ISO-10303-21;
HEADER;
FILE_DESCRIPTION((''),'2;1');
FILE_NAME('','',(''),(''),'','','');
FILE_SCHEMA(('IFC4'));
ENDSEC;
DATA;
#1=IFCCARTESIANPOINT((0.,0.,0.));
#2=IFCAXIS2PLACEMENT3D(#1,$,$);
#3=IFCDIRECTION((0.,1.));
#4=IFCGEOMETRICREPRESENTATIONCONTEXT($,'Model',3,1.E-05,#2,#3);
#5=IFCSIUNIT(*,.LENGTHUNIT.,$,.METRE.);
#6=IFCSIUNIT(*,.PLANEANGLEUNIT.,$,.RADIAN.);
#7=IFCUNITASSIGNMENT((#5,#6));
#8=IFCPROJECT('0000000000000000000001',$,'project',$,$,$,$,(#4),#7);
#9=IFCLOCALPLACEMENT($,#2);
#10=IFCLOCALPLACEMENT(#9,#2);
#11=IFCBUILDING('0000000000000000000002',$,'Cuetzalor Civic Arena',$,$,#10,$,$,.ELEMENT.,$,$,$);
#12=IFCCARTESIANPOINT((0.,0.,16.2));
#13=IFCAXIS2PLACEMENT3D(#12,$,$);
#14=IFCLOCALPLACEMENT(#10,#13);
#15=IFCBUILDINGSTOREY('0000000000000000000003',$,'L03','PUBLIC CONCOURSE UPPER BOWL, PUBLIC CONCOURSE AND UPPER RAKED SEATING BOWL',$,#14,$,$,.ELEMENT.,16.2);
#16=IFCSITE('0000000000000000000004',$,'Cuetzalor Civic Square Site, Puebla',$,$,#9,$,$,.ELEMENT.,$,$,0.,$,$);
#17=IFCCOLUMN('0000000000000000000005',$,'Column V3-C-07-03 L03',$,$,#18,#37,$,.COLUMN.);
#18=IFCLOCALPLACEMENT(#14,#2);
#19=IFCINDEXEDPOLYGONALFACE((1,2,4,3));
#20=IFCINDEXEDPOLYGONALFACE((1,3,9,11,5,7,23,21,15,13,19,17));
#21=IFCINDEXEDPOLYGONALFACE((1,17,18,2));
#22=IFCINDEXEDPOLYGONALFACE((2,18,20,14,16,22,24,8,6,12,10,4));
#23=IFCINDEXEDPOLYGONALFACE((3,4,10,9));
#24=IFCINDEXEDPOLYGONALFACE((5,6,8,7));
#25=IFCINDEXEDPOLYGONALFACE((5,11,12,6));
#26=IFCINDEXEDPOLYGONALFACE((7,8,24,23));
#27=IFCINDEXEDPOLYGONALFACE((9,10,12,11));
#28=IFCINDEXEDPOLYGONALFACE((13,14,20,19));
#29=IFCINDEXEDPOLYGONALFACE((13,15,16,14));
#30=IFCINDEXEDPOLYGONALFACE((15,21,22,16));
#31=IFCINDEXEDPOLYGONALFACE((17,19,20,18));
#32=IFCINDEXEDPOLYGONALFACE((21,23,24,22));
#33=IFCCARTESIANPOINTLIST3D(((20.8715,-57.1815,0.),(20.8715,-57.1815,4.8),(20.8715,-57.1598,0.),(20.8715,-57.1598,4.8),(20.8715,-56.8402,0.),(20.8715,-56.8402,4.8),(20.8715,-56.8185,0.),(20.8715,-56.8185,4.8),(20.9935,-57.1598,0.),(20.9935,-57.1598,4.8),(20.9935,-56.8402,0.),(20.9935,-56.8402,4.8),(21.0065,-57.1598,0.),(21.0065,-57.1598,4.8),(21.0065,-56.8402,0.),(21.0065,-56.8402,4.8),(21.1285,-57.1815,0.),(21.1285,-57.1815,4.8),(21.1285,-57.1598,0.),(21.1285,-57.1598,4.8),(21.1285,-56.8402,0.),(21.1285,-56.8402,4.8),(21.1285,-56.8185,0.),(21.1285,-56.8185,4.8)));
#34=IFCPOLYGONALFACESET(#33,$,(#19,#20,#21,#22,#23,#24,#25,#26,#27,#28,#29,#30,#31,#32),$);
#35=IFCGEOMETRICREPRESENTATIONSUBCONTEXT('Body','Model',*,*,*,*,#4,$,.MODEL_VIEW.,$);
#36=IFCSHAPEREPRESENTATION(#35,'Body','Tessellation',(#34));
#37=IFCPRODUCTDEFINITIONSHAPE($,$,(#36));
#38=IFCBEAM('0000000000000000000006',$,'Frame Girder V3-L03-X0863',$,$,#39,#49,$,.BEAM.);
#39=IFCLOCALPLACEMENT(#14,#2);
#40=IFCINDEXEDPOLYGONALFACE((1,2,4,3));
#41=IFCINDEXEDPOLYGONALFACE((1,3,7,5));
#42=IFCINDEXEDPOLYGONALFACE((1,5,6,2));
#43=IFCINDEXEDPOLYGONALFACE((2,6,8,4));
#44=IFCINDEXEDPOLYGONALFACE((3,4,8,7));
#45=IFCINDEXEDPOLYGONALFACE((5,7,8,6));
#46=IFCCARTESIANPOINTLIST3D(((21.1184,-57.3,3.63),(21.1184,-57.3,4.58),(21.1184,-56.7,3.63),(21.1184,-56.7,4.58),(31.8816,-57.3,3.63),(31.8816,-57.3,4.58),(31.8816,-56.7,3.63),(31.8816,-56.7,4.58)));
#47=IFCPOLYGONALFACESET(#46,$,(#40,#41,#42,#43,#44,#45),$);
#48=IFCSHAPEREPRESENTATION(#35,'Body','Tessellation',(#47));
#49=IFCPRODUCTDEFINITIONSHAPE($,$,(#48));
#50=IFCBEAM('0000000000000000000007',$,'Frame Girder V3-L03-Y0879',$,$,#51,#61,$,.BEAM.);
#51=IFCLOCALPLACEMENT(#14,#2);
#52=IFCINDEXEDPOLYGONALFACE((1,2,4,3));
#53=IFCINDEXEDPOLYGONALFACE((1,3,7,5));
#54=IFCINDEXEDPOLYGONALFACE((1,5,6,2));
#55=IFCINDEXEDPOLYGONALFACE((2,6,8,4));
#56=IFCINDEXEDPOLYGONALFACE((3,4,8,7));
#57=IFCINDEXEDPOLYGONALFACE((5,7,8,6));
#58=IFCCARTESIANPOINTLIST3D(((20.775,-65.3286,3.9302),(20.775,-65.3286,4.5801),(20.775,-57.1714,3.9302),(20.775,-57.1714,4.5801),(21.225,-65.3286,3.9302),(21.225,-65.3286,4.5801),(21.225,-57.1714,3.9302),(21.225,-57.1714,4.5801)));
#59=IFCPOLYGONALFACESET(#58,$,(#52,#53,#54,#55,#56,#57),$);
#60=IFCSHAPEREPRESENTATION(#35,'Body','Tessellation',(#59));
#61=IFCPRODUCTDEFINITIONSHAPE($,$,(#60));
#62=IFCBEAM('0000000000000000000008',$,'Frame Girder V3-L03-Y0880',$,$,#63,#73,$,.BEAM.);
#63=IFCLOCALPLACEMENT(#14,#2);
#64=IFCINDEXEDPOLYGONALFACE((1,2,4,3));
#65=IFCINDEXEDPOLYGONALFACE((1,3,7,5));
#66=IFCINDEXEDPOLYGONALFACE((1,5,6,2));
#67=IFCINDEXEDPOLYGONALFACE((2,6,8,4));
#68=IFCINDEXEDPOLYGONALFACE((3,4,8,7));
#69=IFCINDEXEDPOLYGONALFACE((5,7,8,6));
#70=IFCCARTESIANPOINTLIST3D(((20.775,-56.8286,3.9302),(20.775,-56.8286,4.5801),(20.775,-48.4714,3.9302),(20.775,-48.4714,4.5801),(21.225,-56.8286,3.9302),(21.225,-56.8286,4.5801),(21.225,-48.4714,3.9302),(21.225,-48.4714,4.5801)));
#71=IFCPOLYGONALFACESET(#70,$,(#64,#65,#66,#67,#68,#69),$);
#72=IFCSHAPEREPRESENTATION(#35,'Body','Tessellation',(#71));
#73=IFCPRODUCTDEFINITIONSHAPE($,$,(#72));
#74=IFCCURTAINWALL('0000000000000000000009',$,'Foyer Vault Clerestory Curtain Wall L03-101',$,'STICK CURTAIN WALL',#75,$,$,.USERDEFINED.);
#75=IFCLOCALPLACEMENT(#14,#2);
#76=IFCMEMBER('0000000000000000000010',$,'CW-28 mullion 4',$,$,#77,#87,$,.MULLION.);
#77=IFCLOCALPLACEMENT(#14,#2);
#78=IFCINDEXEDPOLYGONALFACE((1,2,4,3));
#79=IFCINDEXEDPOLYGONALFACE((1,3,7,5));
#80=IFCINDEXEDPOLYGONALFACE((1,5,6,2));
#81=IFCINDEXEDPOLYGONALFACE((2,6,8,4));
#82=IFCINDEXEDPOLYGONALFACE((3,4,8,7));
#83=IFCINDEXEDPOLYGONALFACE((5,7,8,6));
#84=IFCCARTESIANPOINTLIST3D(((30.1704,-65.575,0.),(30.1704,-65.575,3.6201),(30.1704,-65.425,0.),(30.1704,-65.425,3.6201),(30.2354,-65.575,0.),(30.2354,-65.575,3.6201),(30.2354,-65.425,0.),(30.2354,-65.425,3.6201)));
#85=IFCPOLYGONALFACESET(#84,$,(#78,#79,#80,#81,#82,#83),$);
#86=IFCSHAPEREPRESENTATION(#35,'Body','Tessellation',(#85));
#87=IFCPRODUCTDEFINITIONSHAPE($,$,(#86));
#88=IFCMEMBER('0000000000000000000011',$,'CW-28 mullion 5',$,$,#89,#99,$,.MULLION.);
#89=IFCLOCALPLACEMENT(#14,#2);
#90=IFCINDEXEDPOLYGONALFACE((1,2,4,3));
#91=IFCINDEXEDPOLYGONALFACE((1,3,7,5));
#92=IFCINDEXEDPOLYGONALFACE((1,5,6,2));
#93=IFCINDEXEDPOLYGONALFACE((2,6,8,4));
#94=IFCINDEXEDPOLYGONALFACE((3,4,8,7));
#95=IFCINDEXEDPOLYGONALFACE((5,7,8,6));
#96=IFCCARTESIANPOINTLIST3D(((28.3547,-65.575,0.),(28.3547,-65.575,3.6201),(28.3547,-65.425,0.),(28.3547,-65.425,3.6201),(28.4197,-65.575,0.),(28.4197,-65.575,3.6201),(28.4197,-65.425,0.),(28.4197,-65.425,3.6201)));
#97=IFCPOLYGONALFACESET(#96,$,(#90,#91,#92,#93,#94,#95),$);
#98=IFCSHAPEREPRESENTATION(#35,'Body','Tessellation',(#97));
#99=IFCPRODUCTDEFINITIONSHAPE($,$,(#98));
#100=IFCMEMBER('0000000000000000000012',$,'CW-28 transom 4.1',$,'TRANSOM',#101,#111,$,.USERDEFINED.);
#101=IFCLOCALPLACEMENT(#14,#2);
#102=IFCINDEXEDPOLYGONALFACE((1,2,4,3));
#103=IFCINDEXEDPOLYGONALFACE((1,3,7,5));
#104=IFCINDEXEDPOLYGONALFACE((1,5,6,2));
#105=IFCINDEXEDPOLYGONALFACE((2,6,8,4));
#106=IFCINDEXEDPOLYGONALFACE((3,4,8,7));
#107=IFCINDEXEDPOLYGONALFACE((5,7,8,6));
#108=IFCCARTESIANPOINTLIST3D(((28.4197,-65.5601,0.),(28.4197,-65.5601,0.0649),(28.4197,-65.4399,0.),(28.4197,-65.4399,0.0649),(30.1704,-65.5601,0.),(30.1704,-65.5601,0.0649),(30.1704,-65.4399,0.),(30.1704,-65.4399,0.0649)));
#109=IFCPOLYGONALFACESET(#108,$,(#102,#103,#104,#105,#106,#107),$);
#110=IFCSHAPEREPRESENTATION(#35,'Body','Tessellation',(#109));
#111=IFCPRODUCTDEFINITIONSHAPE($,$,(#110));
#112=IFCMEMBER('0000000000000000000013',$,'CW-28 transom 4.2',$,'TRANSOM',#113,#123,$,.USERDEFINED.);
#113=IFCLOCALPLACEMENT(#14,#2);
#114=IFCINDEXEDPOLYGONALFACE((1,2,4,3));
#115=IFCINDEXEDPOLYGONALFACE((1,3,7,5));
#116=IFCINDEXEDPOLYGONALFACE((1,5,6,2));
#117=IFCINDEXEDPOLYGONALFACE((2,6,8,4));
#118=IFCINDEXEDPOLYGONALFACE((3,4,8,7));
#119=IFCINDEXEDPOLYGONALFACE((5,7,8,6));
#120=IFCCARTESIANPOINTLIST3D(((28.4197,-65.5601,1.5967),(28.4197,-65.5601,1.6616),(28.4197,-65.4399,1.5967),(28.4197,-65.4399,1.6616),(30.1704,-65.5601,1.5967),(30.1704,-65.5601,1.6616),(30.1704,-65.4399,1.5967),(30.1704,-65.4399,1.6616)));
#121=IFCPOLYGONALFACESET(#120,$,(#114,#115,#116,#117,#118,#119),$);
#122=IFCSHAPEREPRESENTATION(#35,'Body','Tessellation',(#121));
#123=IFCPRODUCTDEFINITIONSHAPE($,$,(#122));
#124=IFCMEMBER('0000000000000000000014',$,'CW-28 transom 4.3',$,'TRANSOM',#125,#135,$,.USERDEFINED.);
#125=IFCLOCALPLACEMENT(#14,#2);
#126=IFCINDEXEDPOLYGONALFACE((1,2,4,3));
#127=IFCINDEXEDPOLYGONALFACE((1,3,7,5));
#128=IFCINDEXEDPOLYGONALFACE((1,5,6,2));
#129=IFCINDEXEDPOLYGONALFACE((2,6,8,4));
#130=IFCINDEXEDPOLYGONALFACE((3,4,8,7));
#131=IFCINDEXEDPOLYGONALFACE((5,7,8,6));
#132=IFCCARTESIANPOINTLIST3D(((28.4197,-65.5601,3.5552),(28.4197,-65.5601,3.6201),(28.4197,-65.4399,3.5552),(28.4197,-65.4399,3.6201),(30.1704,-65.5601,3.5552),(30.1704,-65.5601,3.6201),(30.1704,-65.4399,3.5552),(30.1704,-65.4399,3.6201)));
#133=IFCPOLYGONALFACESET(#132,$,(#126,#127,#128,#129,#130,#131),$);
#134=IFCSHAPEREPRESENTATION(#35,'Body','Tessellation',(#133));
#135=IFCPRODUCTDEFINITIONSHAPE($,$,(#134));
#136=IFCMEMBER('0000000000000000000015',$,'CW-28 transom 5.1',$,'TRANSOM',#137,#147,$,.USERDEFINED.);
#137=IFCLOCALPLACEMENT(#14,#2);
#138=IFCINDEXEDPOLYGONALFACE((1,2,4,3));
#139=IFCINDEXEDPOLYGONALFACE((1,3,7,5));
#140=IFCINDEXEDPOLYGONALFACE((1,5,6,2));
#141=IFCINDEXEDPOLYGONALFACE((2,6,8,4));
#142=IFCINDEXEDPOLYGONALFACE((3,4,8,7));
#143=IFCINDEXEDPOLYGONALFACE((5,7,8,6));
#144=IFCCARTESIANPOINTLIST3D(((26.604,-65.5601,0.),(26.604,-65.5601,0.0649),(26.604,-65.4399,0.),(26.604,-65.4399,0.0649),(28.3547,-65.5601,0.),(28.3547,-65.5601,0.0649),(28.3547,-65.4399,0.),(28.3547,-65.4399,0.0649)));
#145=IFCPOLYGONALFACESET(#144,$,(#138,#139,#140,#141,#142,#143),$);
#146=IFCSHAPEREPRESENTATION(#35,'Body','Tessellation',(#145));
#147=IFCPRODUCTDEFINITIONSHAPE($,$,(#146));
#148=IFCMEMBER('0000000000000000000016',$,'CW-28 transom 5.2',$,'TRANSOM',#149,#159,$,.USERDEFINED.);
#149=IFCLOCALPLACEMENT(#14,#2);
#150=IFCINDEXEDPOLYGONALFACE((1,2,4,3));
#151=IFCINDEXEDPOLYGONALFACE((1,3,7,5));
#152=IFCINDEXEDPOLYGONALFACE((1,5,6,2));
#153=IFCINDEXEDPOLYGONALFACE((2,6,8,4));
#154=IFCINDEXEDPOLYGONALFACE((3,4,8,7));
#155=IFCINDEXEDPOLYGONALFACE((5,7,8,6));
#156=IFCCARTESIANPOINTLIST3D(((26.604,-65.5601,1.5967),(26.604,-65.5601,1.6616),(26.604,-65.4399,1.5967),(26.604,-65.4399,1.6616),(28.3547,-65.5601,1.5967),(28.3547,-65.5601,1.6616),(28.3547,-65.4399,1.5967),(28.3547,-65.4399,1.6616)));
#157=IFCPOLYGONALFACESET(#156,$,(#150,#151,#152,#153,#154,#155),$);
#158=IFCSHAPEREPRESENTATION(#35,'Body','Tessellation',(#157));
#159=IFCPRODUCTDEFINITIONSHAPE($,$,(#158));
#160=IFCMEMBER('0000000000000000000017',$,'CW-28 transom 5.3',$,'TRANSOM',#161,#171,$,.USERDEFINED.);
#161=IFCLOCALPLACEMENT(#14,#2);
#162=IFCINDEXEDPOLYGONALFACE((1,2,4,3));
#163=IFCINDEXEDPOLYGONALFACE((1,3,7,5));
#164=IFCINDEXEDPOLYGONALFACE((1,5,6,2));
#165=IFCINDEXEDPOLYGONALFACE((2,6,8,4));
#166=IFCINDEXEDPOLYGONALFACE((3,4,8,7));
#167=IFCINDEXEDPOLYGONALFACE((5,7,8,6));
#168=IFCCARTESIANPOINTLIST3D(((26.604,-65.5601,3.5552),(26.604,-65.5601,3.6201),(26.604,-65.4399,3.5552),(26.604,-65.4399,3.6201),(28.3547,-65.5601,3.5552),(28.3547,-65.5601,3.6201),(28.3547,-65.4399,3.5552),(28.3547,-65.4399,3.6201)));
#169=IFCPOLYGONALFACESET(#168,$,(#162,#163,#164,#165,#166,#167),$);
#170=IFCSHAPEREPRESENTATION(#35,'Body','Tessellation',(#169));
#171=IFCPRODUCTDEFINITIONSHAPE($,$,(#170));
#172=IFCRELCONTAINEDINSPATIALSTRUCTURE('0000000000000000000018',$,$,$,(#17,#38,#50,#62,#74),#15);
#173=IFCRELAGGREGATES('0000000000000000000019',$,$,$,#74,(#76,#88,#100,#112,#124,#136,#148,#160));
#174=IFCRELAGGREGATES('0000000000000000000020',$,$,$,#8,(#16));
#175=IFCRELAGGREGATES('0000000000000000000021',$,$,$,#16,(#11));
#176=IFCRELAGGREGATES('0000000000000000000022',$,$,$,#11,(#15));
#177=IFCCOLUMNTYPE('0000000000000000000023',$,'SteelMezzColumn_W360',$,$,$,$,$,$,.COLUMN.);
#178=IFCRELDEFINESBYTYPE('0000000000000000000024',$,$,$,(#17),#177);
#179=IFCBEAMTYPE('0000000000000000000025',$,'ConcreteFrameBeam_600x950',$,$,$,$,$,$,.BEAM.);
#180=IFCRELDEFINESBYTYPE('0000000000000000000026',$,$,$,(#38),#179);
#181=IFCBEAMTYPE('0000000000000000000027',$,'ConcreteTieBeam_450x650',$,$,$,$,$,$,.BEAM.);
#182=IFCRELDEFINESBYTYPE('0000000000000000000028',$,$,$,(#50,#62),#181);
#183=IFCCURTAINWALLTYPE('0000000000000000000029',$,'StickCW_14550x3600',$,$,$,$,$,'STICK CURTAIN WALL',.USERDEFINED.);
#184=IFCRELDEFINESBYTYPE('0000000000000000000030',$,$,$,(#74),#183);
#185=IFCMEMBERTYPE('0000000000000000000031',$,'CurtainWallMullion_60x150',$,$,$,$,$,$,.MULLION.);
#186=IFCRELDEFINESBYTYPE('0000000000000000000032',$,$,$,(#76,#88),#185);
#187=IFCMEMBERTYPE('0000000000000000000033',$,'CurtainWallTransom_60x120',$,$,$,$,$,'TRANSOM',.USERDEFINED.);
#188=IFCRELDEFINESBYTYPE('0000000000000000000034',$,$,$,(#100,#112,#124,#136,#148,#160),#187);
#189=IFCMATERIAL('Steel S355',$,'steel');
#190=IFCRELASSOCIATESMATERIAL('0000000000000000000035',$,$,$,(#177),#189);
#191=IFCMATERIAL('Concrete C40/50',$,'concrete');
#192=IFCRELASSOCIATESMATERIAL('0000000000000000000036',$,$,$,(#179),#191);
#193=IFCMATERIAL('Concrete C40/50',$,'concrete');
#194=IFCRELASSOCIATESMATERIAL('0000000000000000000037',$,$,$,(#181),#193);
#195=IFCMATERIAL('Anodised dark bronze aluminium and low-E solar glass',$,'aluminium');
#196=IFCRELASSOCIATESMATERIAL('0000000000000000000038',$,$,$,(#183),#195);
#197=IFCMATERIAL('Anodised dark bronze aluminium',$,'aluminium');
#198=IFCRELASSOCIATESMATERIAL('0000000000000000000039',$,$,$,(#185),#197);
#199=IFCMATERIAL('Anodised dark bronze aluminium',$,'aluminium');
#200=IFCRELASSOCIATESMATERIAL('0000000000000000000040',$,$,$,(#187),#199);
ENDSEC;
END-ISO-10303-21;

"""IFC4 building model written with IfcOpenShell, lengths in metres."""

from ifc_helpers import new_model, si_unit, direction, frame, origin, origin_2d, place, context, subcontext, project, spatial, rectangle, i_section, extrude, material, material_profile, profile_set, type_object, element, aggregate, save


model = new_model("IFC4")

# Units and contexts
model_context = context("Model", 3, precision=1e-05, world=origin(), true_north=direction((0.0, 1.0)))
body_context = subcontext(model_context, "Body", "Model", "MODEL_VIEW")
ifc_project = project(units=[si_unit("LENGTHUNIT", "METRE"), si_unit("PLANEANGLEUNIT", "RADIAN")], contexts=[model_context])

# Site, building, storey
site_placement = place(None, origin())
site = spatial("IfcSite", under=ifc_project, at=site_placement, Name="Cuetzalor Civic Square Site, Puebla", CompositionType="ELEMENT", RefElevation=0.0)
building_placement = place(site_placement, origin())
building = spatial("IfcBuilding", under=site, at=building_placement, Name="Cuetzalor Civic Arena", CompositionType="ELEMENT")
storey_placement = place(building_placement, frame((0.0, 0.0, 16.2)))
storey = spatial("IfcBuildingStorey", under=building, at=storey_placement, Name="L03", Description="PUBLIC CONCOURSE UPPER BOWL, PUBLIC CONCOURSE AND UPPER RAKED SEATING BOWL", CompositionType="ELEMENT", Elevation=16.2)

# Column
ifc_material_1 = material(Name="Steel S355", Category="steel")
ifc_material_profile_1 = material_profile(ifc_material_1, i_section(OverallWidth=0.2571, OverallDepth=0.363, WebThickness=0.0129, FlangeThickness=0.0217, at=origin_2d()), Name="W360x122")
ifc_profile_set_1 = profile_set([ifc_material_profile_1], Name="Steel S355")
column_type = type_object("IfcColumnType", Name="SteelMezzColumn_W360", PredefinedType="COLUMN", material=ifc_profile_set_1)
column_placement = place(storey_placement, frame((21.0, -57.0, 0.0), z_axis=(0.0, 0.0, 1.0), x_axis=(1.0, 0.0, 0.0)))
element("IfcColumn", 1, at=column_placement, inside=storey, type_object=column_type, Name="Column V3-C-07-03 L03", PredefinedType="COLUMN", context=body_context, shape_type="SweptSolid", body=[
    extrude(i_section(OverallWidth=0.2571, OverallDepth=0.363, WebThickness=0.0129, FlangeThickness=0.0217, at=origin_2d()), origin(), (0.0, 0.0, 1.0), 4.8),
])

# Beams
ifc_material_2 = material(Name="Concrete C40/50", Category="concrete")
ifc_material_profile_2 = material_profile(ifc_material_2, rectangle(XDim=0.6001, YDim=0.95, at=origin_2d()), Name="RC 600x950")
ifc_profile_set_2 = profile_set([ifc_material_profile_2], Name="Concrete C40/50")
beam_type_1 = type_object("IfcBeamType", Name="ConcreteFrameBeam_600x950", PredefinedType="BEAM", material=ifc_profile_set_2)
beam_1_placement = place(storey_placement, frame((21.1184, -57.0, 4.105), z_axis=(1.0, 0.0, 0.0), x_axis=(0.0, 1.0, 0.0)))
element("IfcBeam", 2, at=beam_1_placement, inside=storey, type_object=beam_type_1, Name="Frame Girder V3-L03-X0863", PredefinedType="BEAM", context=body_context, shape_type="SweptSolid", body=[
    extrude(rectangle(XDim=0.6001, YDim=0.95, at=origin_2d()), origin(), (0.0, 0.0, 1.0), 10.7632),
])
ifc_material_3 = material(Name="Concrete C40/50", Category="concrete")
ifc_material_profile_3 = material_profile(ifc_material_3, rectangle(XDim=0.45, YDim=0.6499, at=origin_2d()), Name="RC 450x650")
ifc_profile_set_3 = profile_set([ifc_material_profile_3], Name="Concrete C40/50")
beam_type_2 = type_object("IfcBeamType", Name="ConcreteTieBeam_450x650", PredefinedType="BEAM", material=ifc_profile_set_3)
beam_2_placement = place(storey_placement, frame((21.0, -65.3286, 4.2551), z_axis=(0.0, 1.0, 0.0), x_axis=(-1.0, 0.0, 0.0)))
element("IfcBeam", 3, at=beam_2_placement, inside=storey, type_object=beam_type_2, Name="Frame Girder V3-L03-Y0879", PredefinedType="BEAM", context=body_context, shape_type="SweptSolid", body=[
    extrude(rectangle(XDim=0.45, YDim=0.6499, at=origin_2d()), origin(), (0.0, 0.0, 1.0), 8.1572),
])
beam_3_placement = place(storey_placement, frame((21.0, -56.8286, 4.2551), z_axis=(0.0, 1.0, 0.0), x_axis=(-1.0, 0.0, 0.0)))
element("IfcBeam", 4, at=beam_3_placement, inside=storey, type_object=beam_type_2, Name="Frame Girder V3-L03-Y0880", PredefinedType="BEAM", context=body_context, shape_type="SweptSolid", body=[
    extrude(rectangle(XDim=0.45, YDim=0.6499, at=origin_2d()), origin(), (0.0, 0.0, 1.0), 8.3572),
])

# Curtain wall, members
ifc_material_4 = material(Name="Anodised dark bronze aluminium and low-E solar glass", Category="aluminium")
curtain_wall_type = type_object("IfcCurtainWallType", Name="StickCW_14550x3600", ElementType="STICK CURTAIN WALL", PredefinedType="USERDEFINED", material=ifc_material_4)
curtain_wall_placement = place(storey_placement, origin())
curtain_wall = element("IfcCurtainWall", 5, at=curtain_wall_placement, inside=storey, type_object=curtain_wall_type, Name="Foyer Vault Clerestory Curtain Wall L03-101", ObjectType="STICK CURTAIN WALL", PredefinedType="USERDEFINED")
ifc_material_5 = material(Name="Anodised dark bronze aluminium", Category="aluminium")
ifc_material_profile_4 = material_profile(ifc_material_5, rectangle(XDim=0.0649, YDim=0.1499, at=origin_2d()), Name="ALU MULLION 65x150")
ifc_profile_set_4 = profile_set([ifc_material_profile_4], Name="Anodised dark bronze aluminium")
member_type_1 = type_object("IfcMemberType", Name="CurtainWallMullion_60x150", PredefinedType="MULLION", material=ifc_profile_set_4)
member_1_placement = place(storey_placement, frame((30.2029, -65.5, 0.0), z_axis=(0.0, 0.0, 1.0), x_axis=(-1.0, 0.0, 0.0)))
member_1 = element("IfcMember", 6, at=member_1_placement, type_object=member_type_1, Name="CW-28 mullion 4", PredefinedType="MULLION", context=body_context, shape_type="SweptSolid", body=[
    extrude(rectangle(XDim=0.0649, YDim=0.1499, at=origin_2d()), origin(), (0.0, 0.0, 1.0), 3.6201),
])
member_2_placement = place(storey_placement, frame((28.3872, -65.5, 0.0), z_axis=(0.0, 0.0, 1.0), x_axis=(-1.0, 0.0, 0.0)))
member_2 = element("IfcMember", 7, at=member_2_placement, type_object=member_type_1, Name="CW-28 mullion 5", PredefinedType="MULLION", context=body_context, shape_type="SweptSolid", body=[
    extrude(rectangle(XDim=0.0649, YDim=0.1499, at=origin_2d()), origin(), (0.0, 0.0, 1.0), 3.6201),
])
ifc_material_6 = material(Name="Anodised dark bronze aluminium", Category="aluminium")
ifc_material_profile_5 = material_profile(ifc_material_6, rectangle(XDim=0.1201, YDim=0.0649, at=origin_2d()), Name="ALU TRANSOM 65x120")
ifc_profile_set_5 = profile_set([ifc_material_profile_5], Name="Anodised dark bronze aluminium")
member_type_2 = type_object("IfcMemberType", Name="CurtainWallTransom_60x120", ElementType="TRANSOM", PredefinedType="USERDEFINED", material=ifc_profile_set_5)
member_3_placement = place(storey_placement, frame((30.1704, -65.5, 0.0325), z_axis=(-1.0, 0.0, 0.0), x_axis=(0.0, -1.0, 0.0)))
member_3 = element("IfcMember", 8, at=member_3_placement, type_object=member_type_2, Name="CW-28 transom 4.1", ObjectType="TRANSOM", PredefinedType="USERDEFINED", context=body_context, shape_type="SweptSolid", body=[
    extrude(rectangle(XDim=0.1201, YDim=0.0649, at=origin_2d()), origin(), (0.0, 0.0, 1.0), 1.7507),
])
member_4_placement = place(storey_placement, frame((30.1704, -65.5, 1.6292), z_axis=(-1.0, 0.0, 0.0), x_axis=(0.0, -1.0, 0.0)))
member_4 = element("IfcMember", 9, at=member_4_placement, type_object=member_type_2, Name="CW-28 transom 4.2", ObjectType="TRANSOM", PredefinedType="USERDEFINED", context=body_context, shape_type="SweptSolid", body=[
    extrude(rectangle(XDim=0.1201, YDim=0.0649, at=origin_2d()), origin(), (0.0, 0.0, 1.0), 1.7507),
])
member_5_placement = place(storey_placement, frame((30.1704, -65.5, 3.5876), z_axis=(-1.0, 0.0, 0.0), x_axis=(0.0, -1.0, 0.0)))
member_5 = element("IfcMember", 10, at=member_5_placement, type_object=member_type_2, Name="CW-28 transom 4.3", ObjectType="TRANSOM", PredefinedType="USERDEFINED", context=body_context, shape_type="SweptSolid", body=[
    extrude(rectangle(XDim=0.1201, YDim=0.0649, at=origin_2d()), origin(), (0.0, 0.0, 1.0), 1.7507),
])
member_6_placement = place(storey_placement, frame((28.3547, -65.5, 0.0325), z_axis=(-1.0, 0.0, 0.0), x_axis=(0.0, -1.0, 0.0)))
member_6 = element("IfcMember", 11, at=member_6_placement, type_object=member_type_2, Name="CW-28 transom 5.1", ObjectType="TRANSOM", PredefinedType="USERDEFINED", context=body_context, shape_type="SweptSolid", body=[
    extrude(rectangle(XDim=0.1201, YDim=0.0649, at=origin_2d()), origin(), (0.0, 0.0, 1.0), 1.7507),
])
member_7_placement = place(storey_placement, frame((28.3547, -65.5, 1.6292), z_axis=(-1.0, 0.0, 0.0), x_axis=(0.0, -1.0, 0.0)))
member_7 = element("IfcMember", 12, at=member_7_placement, type_object=member_type_2, Name="CW-28 transom 5.2", ObjectType="TRANSOM", PredefinedType="USERDEFINED", context=body_context, shape_type="SweptSolid", body=[
    extrude(rectangle(XDim=0.1201, YDim=0.0649, at=origin_2d()), origin(), (0.0, 0.0, 1.0), 1.7507),
])
member_8_placement = place(storey_placement, frame((28.3547, -65.5, 3.5876), z_axis=(-1.0, 0.0, 0.0), x_axis=(0.0, -1.0, 0.0)))
member_8 = element("IfcMember", 13, at=member_8_placement, type_object=member_type_2, Name="CW-28 transom 5.3", ObjectType="TRANSOM", PredefinedType="USERDEFINED", context=body_context, shape_type="SweptSolid", body=[
    extrude(rectangle(XDim=0.1201, YDim=0.0649, at=origin_2d()), origin(), (0.0, 0.0, 1.0), 1.7507),
])

aggregate(curtain_wall, [member_1, member_2, member_3, member_4, member_5, member_6, member_7, member_8])

save(model, "model.ifc")
